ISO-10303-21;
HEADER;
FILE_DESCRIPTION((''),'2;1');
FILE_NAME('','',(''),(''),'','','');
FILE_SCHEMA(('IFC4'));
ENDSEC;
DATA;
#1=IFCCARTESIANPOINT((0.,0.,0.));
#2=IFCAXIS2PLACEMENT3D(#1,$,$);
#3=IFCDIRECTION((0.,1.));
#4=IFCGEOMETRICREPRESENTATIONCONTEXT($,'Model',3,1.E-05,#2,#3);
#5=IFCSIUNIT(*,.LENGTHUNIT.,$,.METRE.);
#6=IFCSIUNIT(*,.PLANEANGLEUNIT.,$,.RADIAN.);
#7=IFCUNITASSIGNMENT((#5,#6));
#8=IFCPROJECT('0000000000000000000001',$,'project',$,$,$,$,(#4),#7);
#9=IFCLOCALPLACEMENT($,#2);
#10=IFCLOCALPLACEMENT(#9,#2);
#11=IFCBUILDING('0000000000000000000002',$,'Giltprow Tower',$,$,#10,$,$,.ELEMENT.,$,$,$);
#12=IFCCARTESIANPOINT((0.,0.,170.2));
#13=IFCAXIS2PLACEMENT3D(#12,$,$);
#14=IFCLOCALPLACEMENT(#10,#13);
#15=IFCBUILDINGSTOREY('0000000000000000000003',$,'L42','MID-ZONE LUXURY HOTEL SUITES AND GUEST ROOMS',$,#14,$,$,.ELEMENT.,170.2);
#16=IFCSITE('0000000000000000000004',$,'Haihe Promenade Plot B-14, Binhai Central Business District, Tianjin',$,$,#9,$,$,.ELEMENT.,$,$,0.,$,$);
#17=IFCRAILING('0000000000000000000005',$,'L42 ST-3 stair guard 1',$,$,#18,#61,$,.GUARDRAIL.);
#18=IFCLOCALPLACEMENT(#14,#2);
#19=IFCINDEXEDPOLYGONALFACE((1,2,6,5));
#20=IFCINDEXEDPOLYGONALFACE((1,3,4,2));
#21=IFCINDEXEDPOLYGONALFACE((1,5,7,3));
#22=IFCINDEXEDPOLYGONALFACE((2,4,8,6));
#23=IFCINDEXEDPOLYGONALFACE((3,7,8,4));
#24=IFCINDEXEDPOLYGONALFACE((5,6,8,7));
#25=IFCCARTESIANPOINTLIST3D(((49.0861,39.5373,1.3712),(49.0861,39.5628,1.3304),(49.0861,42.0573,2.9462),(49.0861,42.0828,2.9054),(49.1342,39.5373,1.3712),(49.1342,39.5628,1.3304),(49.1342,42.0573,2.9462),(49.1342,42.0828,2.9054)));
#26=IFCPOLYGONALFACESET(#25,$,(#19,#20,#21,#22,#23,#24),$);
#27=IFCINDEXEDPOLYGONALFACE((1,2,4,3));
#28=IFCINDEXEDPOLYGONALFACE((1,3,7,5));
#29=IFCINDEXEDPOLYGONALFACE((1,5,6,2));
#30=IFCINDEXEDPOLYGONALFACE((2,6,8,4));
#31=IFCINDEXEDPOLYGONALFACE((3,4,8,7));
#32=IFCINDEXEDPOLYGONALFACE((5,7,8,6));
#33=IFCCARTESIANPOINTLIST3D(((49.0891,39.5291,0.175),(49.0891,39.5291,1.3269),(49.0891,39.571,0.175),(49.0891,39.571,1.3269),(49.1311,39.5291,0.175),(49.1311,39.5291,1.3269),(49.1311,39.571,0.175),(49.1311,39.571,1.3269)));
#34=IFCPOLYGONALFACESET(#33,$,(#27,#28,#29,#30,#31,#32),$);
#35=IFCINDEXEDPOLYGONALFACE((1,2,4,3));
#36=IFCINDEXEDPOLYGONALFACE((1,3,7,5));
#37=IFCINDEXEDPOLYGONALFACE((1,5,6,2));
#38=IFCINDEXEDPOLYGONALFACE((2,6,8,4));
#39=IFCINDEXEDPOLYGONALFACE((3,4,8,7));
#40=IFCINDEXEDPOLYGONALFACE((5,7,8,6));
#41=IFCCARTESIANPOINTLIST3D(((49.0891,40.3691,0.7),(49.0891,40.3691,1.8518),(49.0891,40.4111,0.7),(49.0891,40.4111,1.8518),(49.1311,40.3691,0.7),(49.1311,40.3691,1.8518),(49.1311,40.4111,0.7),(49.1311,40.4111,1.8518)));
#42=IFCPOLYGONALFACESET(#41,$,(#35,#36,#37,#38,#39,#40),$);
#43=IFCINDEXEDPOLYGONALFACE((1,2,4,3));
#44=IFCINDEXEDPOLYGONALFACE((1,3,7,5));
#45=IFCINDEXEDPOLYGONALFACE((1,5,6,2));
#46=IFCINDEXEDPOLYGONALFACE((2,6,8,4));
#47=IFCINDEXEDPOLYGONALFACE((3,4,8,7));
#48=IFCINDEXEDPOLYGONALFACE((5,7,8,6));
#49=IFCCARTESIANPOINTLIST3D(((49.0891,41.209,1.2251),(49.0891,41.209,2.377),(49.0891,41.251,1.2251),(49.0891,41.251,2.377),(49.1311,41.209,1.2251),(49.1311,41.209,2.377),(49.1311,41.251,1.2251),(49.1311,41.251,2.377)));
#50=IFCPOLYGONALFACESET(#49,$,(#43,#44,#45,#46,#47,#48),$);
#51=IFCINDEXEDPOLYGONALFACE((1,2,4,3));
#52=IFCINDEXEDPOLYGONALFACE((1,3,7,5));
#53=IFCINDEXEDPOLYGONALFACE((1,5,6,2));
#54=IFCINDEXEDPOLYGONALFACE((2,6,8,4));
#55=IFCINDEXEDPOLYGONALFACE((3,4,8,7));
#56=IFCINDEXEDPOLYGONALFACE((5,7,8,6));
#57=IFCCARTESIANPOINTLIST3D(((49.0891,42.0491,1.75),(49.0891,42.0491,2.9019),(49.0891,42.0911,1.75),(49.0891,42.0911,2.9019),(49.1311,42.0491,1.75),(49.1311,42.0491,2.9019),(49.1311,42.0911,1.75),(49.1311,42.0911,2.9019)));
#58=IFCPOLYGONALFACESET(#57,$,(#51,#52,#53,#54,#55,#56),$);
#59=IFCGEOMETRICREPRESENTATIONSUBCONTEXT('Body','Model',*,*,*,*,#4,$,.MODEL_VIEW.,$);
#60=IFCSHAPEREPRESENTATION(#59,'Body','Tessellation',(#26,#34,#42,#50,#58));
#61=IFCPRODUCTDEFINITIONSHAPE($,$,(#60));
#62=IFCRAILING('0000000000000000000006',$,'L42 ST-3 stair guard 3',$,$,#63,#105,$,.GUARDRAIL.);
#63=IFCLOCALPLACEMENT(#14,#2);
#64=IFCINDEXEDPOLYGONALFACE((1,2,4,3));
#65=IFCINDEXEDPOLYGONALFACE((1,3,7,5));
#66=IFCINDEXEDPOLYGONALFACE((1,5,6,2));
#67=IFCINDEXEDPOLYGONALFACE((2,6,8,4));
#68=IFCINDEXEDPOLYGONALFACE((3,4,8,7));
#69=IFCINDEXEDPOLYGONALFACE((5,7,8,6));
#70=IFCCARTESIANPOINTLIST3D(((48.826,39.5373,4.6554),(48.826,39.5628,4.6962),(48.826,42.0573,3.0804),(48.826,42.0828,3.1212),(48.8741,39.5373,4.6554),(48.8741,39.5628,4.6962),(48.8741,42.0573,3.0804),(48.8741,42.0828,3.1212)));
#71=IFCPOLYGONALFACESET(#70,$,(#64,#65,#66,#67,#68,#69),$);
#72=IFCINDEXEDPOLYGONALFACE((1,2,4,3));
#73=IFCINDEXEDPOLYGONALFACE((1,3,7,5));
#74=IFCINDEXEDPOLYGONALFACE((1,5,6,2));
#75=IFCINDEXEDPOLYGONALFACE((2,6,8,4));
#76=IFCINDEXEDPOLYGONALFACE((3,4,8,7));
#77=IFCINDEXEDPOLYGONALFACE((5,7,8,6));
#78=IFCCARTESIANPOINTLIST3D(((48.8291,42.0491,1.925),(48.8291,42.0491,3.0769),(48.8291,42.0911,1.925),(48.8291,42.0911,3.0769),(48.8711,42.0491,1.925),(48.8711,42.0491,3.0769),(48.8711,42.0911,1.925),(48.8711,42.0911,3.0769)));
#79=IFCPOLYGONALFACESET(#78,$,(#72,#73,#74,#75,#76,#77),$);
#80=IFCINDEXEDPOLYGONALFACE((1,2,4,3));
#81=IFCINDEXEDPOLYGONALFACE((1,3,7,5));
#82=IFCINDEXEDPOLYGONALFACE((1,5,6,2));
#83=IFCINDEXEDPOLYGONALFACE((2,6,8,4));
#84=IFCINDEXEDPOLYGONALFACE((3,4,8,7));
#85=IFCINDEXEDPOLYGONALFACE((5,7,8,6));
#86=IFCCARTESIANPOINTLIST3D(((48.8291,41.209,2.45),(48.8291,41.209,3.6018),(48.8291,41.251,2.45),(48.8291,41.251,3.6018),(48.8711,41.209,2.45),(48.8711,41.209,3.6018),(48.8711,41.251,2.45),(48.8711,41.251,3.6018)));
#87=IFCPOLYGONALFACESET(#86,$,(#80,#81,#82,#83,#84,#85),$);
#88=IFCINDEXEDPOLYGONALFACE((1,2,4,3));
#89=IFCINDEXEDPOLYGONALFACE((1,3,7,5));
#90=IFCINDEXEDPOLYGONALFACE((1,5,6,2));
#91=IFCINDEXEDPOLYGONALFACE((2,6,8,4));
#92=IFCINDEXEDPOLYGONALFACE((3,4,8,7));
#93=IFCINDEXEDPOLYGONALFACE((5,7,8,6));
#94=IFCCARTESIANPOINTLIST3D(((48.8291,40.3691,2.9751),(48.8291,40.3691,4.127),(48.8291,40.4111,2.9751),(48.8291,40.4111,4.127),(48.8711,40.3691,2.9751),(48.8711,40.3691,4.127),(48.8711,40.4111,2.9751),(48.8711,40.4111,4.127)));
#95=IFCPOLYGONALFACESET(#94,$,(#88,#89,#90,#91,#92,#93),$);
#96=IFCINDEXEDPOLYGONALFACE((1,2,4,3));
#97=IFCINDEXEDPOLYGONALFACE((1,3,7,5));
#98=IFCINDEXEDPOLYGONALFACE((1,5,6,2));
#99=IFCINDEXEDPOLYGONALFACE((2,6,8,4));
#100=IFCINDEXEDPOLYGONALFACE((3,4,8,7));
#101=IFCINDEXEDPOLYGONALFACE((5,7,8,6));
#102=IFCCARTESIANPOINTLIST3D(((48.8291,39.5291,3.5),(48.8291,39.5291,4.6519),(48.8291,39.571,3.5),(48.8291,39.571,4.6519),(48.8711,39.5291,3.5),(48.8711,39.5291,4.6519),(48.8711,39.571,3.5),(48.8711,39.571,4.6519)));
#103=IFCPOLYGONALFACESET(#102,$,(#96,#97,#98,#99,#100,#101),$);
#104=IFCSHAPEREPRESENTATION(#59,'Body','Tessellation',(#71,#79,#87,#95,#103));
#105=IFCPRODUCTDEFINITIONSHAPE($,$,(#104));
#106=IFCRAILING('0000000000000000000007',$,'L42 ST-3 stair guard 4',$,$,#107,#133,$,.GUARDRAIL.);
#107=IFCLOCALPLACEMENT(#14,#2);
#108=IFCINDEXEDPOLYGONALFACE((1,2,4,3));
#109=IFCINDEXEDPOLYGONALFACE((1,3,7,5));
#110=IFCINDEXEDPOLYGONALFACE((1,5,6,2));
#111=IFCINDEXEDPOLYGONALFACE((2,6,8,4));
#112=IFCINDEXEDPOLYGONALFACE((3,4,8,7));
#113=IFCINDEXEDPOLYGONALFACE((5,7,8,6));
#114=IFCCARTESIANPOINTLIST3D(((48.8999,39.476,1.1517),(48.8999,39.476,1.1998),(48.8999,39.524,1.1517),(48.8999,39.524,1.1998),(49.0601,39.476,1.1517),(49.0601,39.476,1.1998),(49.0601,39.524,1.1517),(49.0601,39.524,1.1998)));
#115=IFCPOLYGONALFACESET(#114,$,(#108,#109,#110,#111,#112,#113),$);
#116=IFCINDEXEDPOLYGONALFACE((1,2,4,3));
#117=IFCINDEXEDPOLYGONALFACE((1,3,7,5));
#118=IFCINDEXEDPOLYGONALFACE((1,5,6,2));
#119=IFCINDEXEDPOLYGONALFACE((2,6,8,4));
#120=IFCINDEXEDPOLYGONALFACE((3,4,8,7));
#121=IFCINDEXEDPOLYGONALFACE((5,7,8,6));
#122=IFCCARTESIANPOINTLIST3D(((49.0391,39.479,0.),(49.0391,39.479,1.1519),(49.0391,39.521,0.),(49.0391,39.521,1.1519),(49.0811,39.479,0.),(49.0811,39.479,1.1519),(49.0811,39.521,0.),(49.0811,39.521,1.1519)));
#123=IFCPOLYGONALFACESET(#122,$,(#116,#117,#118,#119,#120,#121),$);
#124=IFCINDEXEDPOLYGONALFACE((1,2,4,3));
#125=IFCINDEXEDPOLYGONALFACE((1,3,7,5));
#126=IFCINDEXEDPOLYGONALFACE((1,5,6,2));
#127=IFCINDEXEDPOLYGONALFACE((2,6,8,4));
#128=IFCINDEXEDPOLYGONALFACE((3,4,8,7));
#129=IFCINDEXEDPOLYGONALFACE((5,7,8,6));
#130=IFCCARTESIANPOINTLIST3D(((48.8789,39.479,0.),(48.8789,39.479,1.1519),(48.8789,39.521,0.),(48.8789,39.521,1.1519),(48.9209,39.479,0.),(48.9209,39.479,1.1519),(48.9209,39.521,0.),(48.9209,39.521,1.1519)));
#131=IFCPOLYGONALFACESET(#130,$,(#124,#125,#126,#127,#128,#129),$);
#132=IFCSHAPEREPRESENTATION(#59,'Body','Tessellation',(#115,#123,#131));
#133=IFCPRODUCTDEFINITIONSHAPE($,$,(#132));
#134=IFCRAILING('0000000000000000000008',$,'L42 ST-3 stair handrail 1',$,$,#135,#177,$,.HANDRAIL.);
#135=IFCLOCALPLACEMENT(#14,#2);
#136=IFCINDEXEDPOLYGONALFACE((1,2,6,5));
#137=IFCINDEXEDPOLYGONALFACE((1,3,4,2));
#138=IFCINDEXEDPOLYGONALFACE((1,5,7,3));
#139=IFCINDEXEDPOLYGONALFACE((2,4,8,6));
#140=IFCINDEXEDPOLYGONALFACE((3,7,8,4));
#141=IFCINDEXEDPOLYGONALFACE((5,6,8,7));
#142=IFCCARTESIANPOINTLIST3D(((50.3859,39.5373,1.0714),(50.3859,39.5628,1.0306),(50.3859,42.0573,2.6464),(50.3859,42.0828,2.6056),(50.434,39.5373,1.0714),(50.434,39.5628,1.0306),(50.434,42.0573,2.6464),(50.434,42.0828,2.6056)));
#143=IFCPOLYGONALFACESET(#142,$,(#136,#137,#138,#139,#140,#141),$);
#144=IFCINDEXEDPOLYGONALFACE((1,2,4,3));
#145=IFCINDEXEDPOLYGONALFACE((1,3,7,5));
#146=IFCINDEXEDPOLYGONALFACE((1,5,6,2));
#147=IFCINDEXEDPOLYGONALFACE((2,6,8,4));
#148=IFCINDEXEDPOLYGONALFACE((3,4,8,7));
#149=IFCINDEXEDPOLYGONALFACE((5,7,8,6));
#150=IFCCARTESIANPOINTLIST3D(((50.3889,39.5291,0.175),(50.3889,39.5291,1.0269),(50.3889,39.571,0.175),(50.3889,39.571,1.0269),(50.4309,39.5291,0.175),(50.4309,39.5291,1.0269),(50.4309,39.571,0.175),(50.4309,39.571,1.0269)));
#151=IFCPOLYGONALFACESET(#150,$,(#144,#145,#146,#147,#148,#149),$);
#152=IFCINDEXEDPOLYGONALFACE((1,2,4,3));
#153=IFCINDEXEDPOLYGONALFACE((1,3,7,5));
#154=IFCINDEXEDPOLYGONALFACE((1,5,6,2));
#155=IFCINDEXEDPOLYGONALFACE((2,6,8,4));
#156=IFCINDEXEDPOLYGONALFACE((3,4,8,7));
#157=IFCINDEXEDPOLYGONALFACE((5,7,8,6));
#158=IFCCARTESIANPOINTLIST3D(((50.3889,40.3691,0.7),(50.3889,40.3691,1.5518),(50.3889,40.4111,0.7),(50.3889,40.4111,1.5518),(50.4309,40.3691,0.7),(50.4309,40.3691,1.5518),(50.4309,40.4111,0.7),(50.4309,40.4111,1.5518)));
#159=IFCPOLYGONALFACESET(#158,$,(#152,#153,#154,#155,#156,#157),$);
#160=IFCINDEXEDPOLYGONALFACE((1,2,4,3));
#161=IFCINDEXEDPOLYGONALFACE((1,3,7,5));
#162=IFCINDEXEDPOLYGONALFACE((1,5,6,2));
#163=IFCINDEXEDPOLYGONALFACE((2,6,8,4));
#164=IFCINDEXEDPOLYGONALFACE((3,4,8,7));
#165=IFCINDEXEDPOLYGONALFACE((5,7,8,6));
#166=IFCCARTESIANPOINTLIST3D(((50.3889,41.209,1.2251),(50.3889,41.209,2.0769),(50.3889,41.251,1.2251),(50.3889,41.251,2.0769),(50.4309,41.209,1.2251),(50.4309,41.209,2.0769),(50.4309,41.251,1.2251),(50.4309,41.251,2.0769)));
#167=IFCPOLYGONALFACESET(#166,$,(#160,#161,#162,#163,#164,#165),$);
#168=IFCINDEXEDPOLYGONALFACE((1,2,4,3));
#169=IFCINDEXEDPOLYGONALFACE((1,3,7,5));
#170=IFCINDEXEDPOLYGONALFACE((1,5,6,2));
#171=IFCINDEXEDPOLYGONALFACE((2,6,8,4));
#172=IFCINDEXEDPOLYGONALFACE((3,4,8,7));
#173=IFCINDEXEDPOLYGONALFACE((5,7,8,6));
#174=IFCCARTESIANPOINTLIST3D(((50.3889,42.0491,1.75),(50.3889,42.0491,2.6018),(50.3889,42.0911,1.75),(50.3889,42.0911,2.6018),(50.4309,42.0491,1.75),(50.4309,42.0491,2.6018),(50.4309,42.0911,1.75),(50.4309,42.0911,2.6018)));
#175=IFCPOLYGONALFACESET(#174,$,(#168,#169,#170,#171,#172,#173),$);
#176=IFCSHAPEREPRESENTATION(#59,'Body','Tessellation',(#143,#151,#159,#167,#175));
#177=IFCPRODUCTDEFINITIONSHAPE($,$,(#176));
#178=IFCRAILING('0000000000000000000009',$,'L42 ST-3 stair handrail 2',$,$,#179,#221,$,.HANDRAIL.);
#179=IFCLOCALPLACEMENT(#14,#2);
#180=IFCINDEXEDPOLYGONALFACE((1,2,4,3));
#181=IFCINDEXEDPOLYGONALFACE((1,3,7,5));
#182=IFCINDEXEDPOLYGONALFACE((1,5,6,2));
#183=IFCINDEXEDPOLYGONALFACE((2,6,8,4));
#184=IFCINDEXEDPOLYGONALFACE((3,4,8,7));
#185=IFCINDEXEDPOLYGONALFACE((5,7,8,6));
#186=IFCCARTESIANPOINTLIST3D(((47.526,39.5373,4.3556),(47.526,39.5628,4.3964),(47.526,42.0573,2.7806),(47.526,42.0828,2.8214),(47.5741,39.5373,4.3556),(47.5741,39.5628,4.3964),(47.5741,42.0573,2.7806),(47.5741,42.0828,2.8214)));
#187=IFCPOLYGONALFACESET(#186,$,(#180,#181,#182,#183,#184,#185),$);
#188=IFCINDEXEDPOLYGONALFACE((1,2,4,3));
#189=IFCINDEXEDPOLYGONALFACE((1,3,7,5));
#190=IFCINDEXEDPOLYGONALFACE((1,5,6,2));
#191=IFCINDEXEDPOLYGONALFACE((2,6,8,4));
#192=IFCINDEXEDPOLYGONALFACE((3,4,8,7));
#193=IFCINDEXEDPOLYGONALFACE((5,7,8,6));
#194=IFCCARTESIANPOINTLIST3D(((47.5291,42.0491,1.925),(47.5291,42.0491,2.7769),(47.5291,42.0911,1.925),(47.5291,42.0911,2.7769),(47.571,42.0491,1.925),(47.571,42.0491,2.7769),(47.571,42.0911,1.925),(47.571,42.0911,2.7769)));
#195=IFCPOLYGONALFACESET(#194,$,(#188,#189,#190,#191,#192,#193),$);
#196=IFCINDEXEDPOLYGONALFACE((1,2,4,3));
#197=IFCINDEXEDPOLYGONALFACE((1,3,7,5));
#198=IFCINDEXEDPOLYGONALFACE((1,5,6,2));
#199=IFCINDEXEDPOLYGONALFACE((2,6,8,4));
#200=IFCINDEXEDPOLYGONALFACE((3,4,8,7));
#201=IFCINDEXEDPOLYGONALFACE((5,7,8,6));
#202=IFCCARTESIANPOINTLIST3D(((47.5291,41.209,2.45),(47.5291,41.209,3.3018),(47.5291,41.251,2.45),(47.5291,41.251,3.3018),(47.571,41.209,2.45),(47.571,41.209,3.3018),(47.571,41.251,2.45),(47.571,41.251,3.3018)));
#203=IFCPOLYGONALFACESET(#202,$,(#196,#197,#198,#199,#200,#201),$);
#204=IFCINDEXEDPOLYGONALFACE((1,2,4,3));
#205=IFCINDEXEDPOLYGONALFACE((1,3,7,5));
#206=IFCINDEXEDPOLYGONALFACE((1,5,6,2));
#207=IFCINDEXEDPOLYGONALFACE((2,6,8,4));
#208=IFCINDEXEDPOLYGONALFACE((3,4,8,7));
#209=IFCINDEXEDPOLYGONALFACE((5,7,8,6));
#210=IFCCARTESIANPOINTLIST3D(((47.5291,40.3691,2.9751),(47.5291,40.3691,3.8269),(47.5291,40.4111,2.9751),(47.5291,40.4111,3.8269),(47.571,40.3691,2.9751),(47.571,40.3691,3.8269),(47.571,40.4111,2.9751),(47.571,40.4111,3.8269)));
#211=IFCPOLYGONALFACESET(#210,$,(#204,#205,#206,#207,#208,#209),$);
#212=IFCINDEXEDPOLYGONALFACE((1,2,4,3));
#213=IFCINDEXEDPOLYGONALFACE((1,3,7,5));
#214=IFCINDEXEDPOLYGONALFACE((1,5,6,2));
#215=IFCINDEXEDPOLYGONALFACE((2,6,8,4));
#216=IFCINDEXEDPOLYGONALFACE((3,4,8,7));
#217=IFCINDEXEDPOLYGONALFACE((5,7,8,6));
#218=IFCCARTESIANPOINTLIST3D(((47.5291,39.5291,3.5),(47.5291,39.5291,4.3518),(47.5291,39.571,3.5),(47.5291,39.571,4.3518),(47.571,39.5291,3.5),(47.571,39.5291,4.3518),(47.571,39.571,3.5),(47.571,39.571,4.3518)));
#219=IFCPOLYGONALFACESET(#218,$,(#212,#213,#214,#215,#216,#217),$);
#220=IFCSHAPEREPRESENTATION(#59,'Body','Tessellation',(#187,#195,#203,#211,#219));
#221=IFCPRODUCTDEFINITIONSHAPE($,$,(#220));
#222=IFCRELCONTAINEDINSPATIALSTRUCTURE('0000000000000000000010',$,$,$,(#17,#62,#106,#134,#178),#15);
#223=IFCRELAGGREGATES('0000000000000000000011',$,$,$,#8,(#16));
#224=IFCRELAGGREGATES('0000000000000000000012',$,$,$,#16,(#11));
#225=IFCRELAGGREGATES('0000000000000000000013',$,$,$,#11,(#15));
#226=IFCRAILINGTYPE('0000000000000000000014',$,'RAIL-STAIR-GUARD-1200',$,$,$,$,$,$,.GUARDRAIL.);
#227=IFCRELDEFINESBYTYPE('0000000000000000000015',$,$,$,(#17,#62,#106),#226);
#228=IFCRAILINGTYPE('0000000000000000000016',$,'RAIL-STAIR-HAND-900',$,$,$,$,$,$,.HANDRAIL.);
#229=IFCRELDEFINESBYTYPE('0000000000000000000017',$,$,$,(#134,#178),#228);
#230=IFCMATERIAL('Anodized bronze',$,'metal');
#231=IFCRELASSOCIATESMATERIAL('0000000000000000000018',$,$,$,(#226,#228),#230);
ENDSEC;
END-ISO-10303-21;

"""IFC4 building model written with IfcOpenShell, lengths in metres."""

from ifc_helpers import new_model, si_unit, direction, frame, origin, origin_2d, place, context, subcontext, project, spatial, rectangle, extrude, material, type_object, element, save


model = new_model("IFC4")

# Units and contexts
model_context = context("Model", 3, precision=1e-05, world=origin(), true_north=direction((0.0, 1.0)))
body_context = subcontext(model_context, "Body", "Model", "MODEL_VIEW")
ifc_project = project(units=[si_unit("LENGTHUNIT", "METRE"), si_unit("PLANEANGLEUNIT", "RADIAN")], contexts=[model_context])

# Site, building, storey
site_placement = place(None, origin())
site = spatial("IfcSite", under=ifc_project, at=site_placement, Name="Haihe Promenade Plot B-14, Binhai Central Business District, Tianjin", CompositionType="ELEMENT", RefElevation=0.0)
building_placement = place(site_placement, origin())
building = spatial("IfcBuilding", under=site, at=building_placement, Name="Giltprow Tower", CompositionType="ELEMENT")
storey_placement = place(building_placement, frame((0.0, 0.0, 170.2)))
storey = spatial("IfcBuildingStorey", under=building, at=storey_placement, Name="L42", Description="MID-ZONE LUXURY HOTEL SUITES AND GUEST ROOMS", CompositionType="ELEMENT", Elevation=170.2)

# Railings
ifc_material_1 = material(Name="Anodized bronze", Category="metal")
railing_type_1 = type_object("IfcRailingType", Name="RAIL-STAIR-GUARD-1200", PredefinedType="GUARDRAIL", material=ifc_material_1)
railing_1_placement = place(storey_placement, frame((49.1101, 39.55, 0.175)))
element("IfcRailing", 1, at=railing_1_placement, inside=storey, type_object=railing_type_1, Name="L42 ST-3 stair guard 1", PredefinedType="GUARDRAIL", context=body_context, shape_type="SweptSolid", body=[
    extrude(rectangle(XDim=0.0481, YDim=0.0481, at=origin_2d()), frame((0.0, 0.0, 1.1758), z_axis=(0.0, 0.848008, 0.529984), x_axis=(-1.0, 0.0, 0.0)), (0.0, 0.0, 1.0), 2.9717),
    extrude(rectangle(XDim=0.042, YDim=0.042, at=origin_2d()), origin(), (0.0, 0.0, 1.0), 1.1519),
    extrude(rectangle(XDim=0.042, YDim=0.042, at=origin_2d()), frame((0.0, 0.8401, 0.5249)), (0.0, 0.0, 1.0), 1.1519),
    extrude(rectangle(XDim=0.042, YDim=0.042, at=origin_2d()), frame((0.0, 1.6799, 1.05)), (0.0, 0.0, 1.0), 1.1519),
    extrude(rectangle(XDim=0.042, YDim=0.042, at=origin_2d()), frame((0.0, 2.52, 1.575)), (0.0, 0.0, 1.0), 1.1519),
])
railing_2_placement = place(storey_placement, frame((48.8501, 42.0701, 1.925)))
element("IfcRailing", 2, at=railing_2_placement, inside=storey, type_object=railing_type_1, Name="L42 ST-3 stair guard 3", PredefinedType="GUARDRAIL", context=body_context, shape_type="SweptSolid", body=[
    extrude(rectangle(XDim=0.0481, YDim=0.0481, at=origin_2d()), frame((0.0, 0.0, 1.1758), z_axis=(0.0, -0.848008, 0.529984), x_axis=(1.0, 0.0, 0.0)), (0.0, 0.0, 1.0), 2.9717),
    extrude(rectangle(XDim=0.042, YDim=0.042, at=origin_2d()), origin(), (0.0, 0.0, 1.0), 1.1519),
    extrude(rectangle(XDim=0.042, YDim=0.042, at=origin_2d()), frame((0.0, -0.8401, 0.5249)), (0.0, 0.0, 1.0), 1.1519),
    extrude(rectangle(XDim=0.042, YDim=0.042, at=origin_2d()), frame((0.0, -1.6799, 1.05)), (0.0, 0.0, 1.0), 1.1519),
    extrude(rectangle(XDim=0.042, YDim=0.042, at=origin_2d()), frame((0.0, -2.52, 1.575)), (0.0, 0.0, 1.0), 1.1519),
])
railing_3_placement = place(storey_placement, frame((49.0601, 39.5, 0.0)))
element("IfcRailing", 3, at=railing_3_placement, inside=storey, type_object=railing_type_1, Name="L42 ST-3 stair guard 4", PredefinedType="GUARDRAIL", context=body_context, shape_type="SweptSolid", body=[
    extrude(rectangle(XDim=0.0481, YDim=0.0481, at=origin_2d()), frame((0.0, 0.0, 1.1758), z_axis=(-1.0, 0.0, 0.0), x_axis=(0.0, -1.0, 0.0)), (0.0, 0.0, 1.0), 0.1602),
    extrude(rectangle(XDim=0.042, YDim=0.042, at=origin_2d()), origin(), (0.0, 0.0, 1.0), 1.1519),
    extrude(rectangle(XDim=0.042, YDim=0.042, at=origin_2d()), frame((-0.1602, 0.0, 0.0)), (0.0, 0.0, 1.0), 1.1519),
])
railing_type_2 = type_object("IfcRailingType", Name="RAIL-STAIR-HAND-900", PredefinedType="HANDRAIL", material=ifc_material_1)
railing_4_placement = place(storey_placement, frame((50.4099, 39.55, 0.175)))
element("IfcRailing", 4, at=railing_4_placement, inside=storey, type_object=railing_type_2, Name="L42 ST-3 stair handrail 1", PredefinedType="HANDRAIL", context=body_context, shape_type="SweptSolid", body=[
    extrude(rectangle(XDim=0.0481, YDim=0.0481, at=origin_2d()), frame((0.0, 0.0, 0.876), z_axis=(0.0, 0.848008, 0.529984), x_axis=(-1.0, 0.0, 0.0)), (0.0, 0.0, 1.0), 2.9717),
    extrude(rectangle(XDim=0.042, YDim=0.042, at=origin_2d()), origin(), (0.0, 0.0, 1.0), 0.8518),
    extrude(rectangle(XDim=0.042, YDim=0.042, at=origin_2d()), frame((0.0, 0.8401, 0.5249)), (0.0, 0.0, 1.0), 0.8518),
    extrude(rectangle(XDim=0.042, YDim=0.042, at=origin_2d()), frame((0.0, 1.6799, 1.05)), (0.0, 0.0, 1.0), 0.8518),
    extrude(rectangle(XDim=0.042, YDim=0.042, at=origin_2d()), frame((0.0, 2.52, 1.575)), (0.0, 0.0, 1.0), 0.8518),
])
railing_5_placement = place(storey_placement, frame((47.55, 42.0701, 1.925)))
element("IfcRailing", 5, at=railing_5_placement, inside=storey, type_object=railing_type_2, Name="L42 ST-3 stair handrail 2", PredefinedType="HANDRAIL", context=body_context, shape_type="SweptSolid", body=[
    extrude(rectangle(XDim=0.0481, YDim=0.0481, at=origin_2d()), frame((0.0, 0.0, 0.876), z_axis=(0.0, -0.848008, 0.529984), x_axis=(1.0, 0.0, 0.0)), (0.0, 0.0, 1.0), 2.9717),
    extrude(rectangle(XDim=0.042, YDim=0.042, at=origin_2d()), origin(), (0.0, 0.0, 1.0), 0.8518),
    extrude(rectangle(XDim=0.042, YDim=0.042, at=origin_2d()), frame((0.0, -0.8401, 0.5249)), (0.0, 0.0, 1.0), 0.8518),
    extrude(rectangle(XDim=0.042, YDim=0.042, at=origin_2d()), frame((0.0, -1.6799, 1.05)), (0.0, 0.0, 1.0), 0.8518),
    extrude(rectangle(XDim=0.042, YDim=0.042, at=origin_2d()), frame((0.0, -2.52, 1.575)), (0.0, 0.0, 1.0), 0.8518),
])

save(model, "model.ifc")
